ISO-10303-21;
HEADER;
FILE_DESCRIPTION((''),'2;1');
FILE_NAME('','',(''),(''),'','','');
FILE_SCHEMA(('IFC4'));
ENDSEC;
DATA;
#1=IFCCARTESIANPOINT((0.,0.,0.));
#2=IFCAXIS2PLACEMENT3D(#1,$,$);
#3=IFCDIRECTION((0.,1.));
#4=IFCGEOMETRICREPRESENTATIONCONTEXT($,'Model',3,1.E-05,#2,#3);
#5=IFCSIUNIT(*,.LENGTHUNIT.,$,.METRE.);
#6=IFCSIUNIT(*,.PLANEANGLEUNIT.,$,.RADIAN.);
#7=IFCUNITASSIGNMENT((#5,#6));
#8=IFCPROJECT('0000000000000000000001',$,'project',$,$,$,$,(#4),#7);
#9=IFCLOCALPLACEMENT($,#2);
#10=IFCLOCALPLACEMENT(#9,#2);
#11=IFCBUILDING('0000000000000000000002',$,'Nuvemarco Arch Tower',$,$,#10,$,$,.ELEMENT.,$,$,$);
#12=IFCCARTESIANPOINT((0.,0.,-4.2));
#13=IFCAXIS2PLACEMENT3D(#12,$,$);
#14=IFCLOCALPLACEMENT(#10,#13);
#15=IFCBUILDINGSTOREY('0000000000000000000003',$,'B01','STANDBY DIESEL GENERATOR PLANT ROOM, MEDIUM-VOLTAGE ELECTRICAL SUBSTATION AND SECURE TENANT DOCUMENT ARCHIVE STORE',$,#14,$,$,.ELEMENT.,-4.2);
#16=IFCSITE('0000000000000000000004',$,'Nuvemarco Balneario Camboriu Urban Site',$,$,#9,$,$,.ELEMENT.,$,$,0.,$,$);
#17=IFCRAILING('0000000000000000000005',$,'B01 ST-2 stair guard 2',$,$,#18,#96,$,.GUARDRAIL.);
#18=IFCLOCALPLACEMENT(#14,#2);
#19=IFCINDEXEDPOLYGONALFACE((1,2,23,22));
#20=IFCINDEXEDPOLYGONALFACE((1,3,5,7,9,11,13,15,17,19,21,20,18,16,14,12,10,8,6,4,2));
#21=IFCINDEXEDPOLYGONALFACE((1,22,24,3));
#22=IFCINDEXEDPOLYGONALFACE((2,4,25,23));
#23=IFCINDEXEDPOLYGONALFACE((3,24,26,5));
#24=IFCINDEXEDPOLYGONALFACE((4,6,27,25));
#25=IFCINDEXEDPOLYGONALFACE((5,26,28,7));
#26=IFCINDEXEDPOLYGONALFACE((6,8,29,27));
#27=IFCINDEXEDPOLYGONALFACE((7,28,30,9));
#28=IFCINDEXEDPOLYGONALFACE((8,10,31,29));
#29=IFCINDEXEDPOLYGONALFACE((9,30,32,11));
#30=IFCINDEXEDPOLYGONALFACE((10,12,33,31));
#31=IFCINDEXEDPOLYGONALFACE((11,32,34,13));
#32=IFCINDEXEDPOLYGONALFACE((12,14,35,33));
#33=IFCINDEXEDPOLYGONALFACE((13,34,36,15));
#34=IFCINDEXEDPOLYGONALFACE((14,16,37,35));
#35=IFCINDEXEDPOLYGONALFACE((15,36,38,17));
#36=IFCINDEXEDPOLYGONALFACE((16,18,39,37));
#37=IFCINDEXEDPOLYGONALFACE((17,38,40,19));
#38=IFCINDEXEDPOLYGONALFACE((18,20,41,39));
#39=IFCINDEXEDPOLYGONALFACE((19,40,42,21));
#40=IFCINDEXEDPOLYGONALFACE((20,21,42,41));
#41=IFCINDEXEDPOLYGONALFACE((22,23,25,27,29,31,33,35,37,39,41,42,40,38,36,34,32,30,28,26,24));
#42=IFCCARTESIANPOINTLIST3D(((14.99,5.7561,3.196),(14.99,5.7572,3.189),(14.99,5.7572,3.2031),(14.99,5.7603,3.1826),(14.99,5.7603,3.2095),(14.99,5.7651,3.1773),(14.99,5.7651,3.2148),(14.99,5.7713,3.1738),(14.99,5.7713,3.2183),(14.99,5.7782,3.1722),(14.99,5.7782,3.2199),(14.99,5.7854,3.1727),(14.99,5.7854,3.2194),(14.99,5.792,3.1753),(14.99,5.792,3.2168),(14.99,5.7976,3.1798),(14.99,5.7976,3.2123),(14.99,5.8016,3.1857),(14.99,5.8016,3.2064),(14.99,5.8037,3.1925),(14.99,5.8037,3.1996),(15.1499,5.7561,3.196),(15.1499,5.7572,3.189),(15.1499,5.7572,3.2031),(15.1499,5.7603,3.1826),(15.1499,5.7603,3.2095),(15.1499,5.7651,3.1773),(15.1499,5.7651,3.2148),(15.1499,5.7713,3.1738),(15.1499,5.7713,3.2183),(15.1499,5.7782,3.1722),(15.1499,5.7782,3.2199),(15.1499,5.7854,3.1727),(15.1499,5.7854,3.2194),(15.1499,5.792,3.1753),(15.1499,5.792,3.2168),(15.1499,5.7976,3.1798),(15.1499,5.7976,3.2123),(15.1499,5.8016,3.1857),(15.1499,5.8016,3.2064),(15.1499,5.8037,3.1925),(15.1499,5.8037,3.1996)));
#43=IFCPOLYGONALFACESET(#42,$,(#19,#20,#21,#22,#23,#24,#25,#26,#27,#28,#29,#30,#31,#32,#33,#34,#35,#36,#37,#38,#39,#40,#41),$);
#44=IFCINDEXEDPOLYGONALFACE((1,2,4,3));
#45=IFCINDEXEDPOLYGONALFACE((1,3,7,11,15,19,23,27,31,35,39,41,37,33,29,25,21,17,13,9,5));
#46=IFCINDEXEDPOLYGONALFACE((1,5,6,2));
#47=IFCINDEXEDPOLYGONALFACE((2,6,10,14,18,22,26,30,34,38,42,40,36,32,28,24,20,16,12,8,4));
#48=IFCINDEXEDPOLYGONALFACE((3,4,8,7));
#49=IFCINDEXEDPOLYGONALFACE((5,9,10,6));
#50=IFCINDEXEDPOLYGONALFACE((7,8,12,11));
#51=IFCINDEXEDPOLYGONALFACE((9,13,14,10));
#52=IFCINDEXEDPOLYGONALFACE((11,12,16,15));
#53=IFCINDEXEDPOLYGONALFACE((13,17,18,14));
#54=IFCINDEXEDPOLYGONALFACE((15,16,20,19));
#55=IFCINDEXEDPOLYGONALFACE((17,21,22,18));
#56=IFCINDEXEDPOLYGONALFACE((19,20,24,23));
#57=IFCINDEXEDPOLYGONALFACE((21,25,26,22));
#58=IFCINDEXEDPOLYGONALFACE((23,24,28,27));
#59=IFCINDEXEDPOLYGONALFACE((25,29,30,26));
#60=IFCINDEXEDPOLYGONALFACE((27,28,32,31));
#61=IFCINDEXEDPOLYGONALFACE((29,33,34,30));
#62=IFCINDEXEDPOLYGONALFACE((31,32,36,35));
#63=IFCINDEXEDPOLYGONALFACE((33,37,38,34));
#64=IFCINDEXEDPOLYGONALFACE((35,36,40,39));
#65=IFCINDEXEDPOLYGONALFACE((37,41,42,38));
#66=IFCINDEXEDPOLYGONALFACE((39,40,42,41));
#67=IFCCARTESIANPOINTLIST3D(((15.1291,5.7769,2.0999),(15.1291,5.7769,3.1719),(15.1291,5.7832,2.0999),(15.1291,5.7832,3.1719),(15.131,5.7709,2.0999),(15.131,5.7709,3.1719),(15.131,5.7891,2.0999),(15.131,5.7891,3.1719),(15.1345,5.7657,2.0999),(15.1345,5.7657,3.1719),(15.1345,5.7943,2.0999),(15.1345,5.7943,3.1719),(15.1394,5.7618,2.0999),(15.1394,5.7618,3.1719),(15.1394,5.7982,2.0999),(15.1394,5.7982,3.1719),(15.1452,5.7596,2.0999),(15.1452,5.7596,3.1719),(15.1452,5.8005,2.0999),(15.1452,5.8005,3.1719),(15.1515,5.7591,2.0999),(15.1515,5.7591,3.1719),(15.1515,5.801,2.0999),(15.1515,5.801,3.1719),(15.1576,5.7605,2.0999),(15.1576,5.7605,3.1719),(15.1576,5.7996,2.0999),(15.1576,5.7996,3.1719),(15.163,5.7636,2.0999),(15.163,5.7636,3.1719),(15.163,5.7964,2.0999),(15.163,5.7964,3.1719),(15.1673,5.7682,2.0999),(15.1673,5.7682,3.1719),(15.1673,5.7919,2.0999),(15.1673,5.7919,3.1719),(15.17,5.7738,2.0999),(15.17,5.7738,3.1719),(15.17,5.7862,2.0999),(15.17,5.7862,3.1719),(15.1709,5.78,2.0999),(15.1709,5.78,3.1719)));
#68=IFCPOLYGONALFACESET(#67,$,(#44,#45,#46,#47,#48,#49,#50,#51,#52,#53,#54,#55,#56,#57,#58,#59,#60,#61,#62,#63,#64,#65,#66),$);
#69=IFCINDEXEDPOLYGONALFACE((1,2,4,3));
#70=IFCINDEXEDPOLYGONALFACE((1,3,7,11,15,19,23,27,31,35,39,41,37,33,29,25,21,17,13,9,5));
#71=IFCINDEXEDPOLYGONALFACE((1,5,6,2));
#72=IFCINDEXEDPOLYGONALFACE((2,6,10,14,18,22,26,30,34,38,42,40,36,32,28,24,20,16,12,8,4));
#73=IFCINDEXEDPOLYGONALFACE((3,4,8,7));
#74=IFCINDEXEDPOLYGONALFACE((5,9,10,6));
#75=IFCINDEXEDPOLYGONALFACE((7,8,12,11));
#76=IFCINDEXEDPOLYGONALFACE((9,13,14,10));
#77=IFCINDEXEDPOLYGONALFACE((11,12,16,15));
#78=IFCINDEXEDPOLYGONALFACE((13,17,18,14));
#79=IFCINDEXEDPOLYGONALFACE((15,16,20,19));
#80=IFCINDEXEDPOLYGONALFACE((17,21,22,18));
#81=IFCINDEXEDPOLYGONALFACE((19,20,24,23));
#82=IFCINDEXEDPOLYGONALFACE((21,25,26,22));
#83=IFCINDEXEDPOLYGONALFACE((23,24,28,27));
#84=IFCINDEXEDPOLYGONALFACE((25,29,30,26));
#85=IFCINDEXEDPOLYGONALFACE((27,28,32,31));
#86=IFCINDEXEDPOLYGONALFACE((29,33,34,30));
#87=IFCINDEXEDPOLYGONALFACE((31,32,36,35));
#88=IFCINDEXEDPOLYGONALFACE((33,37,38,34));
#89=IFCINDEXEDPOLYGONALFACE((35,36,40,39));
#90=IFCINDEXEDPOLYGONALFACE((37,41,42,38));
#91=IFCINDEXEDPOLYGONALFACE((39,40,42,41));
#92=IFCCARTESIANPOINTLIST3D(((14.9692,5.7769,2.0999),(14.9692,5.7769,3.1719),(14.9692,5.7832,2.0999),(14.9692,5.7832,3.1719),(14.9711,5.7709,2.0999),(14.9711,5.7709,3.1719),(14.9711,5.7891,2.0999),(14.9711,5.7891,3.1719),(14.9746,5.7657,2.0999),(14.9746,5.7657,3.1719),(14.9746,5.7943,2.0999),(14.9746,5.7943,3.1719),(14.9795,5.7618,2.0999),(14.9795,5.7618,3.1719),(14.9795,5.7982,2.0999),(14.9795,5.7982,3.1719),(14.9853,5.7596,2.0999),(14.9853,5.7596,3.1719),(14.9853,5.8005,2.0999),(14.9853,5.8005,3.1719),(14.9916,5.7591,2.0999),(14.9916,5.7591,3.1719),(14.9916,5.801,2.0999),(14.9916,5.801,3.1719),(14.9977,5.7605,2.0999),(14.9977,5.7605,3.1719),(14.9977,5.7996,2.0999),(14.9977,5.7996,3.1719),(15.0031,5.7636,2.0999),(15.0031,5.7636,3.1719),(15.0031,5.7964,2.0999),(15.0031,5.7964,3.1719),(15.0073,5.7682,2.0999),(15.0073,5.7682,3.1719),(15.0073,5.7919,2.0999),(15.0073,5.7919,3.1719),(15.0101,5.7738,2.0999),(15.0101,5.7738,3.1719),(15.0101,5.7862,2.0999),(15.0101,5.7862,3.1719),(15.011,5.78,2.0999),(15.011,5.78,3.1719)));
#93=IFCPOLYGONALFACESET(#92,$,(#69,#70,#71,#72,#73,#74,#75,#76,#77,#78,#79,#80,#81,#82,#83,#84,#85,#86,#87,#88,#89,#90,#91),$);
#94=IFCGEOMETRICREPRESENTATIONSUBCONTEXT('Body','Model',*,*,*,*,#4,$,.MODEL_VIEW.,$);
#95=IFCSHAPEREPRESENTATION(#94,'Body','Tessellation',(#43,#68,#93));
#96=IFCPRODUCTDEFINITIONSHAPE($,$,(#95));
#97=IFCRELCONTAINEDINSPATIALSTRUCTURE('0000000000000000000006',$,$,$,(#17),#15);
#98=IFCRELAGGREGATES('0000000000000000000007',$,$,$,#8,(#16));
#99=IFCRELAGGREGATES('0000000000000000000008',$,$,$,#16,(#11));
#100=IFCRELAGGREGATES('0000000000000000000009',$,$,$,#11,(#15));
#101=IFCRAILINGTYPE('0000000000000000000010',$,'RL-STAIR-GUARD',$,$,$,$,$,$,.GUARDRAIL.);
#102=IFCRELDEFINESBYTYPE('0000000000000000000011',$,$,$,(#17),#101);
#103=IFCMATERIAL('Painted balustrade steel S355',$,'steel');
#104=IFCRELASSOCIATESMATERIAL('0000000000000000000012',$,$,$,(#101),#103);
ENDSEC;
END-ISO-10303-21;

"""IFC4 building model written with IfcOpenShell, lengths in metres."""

from ifc_helpers import new_model, si_unit, direction, frame, origin, origin_2d, place, context, subcontext, project, spatial, circle, extrude, material, type_object, element, save


model = new_model("IFC4")

# Units and contexts
model_context = context("Model", 3, precision=1e-05, world=origin(), true_north=direction((0.0, 1.0)))
body_context = subcontext(model_context, "Body", "Model", "MODEL_VIEW")
ifc_project = project(units=[si_unit("LENGTHUNIT", "METRE"), si_unit("PLANEANGLEUNIT", "RADIAN")], contexts=[model_context])

# Site, building, storey
site_placement = place(None, origin())
site = spatial("IfcSite", under=ifc_project, at=site_placement, Name="Nuvemarco Balneario Camboriu Urban Site", CompositionType="ELEMENT", RefElevation=0.0)
building_placement = place(site_placement, origin())
building = spatial("IfcBuilding", under=site, at=building_placement, Name="Nuvemarco Arch Tower", CompositionType="ELEMENT")
storey_placement = place(building_placement, frame((0.0, 0.0, -4.2)))
storey = spatial("IfcBuildingStorey", under=building, at=storey_placement, Name="B01", Description="STANDBY DIESEL GENERATOR PLANT ROOM, MEDIUM-VOLTAGE ELECTRICAL SUBSTATION AND SECURE TENANT DOCUMENT ARCHIVE STORE", CompositionType="ELEMENT", Elevation=-4.2)

# Railing
ifc_material_1 = material(Name="Painted balustrade steel S355", Category="steel")
railing_type_1 = type_object("IfcRailingType", Name="RL-STAIR-GUARD", PredefinedType="GUARDRAIL", material=ifc_material_1)
railing_1_placement = place(storey_placement, frame((15.1499, 5.78, 2.0999)))
element("IfcRailing", 1, at=railing_1_placement, inside=storey, type_object=railing_type_1, Name="B01 ST-2 stair guard 2", PredefinedType="GUARDRAIL", context=body_context, shape_type="SweptSolid", body=[
    extrude(circle(Radius=0.0239, at=origin_2d()), frame((0.0, 0.0, 1.0962), z_axis=(-1.0, 0.0, 0.0), x_axis=(0.0, -1.0, 0.0)), (0.0, 0.0, 1.0), 0.1599),
    extrude(circle(Radius=0.021, at=origin_2d()), origin(), (0.0, 0.0, 1.0), 1.072),
    extrude(circle(Radius=0.021, at=origin_2d()), frame((-0.1599, 0.0, 0.0)), (0.0, 0.0, 1.0), 1.072),
])

save(model, "model.ifc")
